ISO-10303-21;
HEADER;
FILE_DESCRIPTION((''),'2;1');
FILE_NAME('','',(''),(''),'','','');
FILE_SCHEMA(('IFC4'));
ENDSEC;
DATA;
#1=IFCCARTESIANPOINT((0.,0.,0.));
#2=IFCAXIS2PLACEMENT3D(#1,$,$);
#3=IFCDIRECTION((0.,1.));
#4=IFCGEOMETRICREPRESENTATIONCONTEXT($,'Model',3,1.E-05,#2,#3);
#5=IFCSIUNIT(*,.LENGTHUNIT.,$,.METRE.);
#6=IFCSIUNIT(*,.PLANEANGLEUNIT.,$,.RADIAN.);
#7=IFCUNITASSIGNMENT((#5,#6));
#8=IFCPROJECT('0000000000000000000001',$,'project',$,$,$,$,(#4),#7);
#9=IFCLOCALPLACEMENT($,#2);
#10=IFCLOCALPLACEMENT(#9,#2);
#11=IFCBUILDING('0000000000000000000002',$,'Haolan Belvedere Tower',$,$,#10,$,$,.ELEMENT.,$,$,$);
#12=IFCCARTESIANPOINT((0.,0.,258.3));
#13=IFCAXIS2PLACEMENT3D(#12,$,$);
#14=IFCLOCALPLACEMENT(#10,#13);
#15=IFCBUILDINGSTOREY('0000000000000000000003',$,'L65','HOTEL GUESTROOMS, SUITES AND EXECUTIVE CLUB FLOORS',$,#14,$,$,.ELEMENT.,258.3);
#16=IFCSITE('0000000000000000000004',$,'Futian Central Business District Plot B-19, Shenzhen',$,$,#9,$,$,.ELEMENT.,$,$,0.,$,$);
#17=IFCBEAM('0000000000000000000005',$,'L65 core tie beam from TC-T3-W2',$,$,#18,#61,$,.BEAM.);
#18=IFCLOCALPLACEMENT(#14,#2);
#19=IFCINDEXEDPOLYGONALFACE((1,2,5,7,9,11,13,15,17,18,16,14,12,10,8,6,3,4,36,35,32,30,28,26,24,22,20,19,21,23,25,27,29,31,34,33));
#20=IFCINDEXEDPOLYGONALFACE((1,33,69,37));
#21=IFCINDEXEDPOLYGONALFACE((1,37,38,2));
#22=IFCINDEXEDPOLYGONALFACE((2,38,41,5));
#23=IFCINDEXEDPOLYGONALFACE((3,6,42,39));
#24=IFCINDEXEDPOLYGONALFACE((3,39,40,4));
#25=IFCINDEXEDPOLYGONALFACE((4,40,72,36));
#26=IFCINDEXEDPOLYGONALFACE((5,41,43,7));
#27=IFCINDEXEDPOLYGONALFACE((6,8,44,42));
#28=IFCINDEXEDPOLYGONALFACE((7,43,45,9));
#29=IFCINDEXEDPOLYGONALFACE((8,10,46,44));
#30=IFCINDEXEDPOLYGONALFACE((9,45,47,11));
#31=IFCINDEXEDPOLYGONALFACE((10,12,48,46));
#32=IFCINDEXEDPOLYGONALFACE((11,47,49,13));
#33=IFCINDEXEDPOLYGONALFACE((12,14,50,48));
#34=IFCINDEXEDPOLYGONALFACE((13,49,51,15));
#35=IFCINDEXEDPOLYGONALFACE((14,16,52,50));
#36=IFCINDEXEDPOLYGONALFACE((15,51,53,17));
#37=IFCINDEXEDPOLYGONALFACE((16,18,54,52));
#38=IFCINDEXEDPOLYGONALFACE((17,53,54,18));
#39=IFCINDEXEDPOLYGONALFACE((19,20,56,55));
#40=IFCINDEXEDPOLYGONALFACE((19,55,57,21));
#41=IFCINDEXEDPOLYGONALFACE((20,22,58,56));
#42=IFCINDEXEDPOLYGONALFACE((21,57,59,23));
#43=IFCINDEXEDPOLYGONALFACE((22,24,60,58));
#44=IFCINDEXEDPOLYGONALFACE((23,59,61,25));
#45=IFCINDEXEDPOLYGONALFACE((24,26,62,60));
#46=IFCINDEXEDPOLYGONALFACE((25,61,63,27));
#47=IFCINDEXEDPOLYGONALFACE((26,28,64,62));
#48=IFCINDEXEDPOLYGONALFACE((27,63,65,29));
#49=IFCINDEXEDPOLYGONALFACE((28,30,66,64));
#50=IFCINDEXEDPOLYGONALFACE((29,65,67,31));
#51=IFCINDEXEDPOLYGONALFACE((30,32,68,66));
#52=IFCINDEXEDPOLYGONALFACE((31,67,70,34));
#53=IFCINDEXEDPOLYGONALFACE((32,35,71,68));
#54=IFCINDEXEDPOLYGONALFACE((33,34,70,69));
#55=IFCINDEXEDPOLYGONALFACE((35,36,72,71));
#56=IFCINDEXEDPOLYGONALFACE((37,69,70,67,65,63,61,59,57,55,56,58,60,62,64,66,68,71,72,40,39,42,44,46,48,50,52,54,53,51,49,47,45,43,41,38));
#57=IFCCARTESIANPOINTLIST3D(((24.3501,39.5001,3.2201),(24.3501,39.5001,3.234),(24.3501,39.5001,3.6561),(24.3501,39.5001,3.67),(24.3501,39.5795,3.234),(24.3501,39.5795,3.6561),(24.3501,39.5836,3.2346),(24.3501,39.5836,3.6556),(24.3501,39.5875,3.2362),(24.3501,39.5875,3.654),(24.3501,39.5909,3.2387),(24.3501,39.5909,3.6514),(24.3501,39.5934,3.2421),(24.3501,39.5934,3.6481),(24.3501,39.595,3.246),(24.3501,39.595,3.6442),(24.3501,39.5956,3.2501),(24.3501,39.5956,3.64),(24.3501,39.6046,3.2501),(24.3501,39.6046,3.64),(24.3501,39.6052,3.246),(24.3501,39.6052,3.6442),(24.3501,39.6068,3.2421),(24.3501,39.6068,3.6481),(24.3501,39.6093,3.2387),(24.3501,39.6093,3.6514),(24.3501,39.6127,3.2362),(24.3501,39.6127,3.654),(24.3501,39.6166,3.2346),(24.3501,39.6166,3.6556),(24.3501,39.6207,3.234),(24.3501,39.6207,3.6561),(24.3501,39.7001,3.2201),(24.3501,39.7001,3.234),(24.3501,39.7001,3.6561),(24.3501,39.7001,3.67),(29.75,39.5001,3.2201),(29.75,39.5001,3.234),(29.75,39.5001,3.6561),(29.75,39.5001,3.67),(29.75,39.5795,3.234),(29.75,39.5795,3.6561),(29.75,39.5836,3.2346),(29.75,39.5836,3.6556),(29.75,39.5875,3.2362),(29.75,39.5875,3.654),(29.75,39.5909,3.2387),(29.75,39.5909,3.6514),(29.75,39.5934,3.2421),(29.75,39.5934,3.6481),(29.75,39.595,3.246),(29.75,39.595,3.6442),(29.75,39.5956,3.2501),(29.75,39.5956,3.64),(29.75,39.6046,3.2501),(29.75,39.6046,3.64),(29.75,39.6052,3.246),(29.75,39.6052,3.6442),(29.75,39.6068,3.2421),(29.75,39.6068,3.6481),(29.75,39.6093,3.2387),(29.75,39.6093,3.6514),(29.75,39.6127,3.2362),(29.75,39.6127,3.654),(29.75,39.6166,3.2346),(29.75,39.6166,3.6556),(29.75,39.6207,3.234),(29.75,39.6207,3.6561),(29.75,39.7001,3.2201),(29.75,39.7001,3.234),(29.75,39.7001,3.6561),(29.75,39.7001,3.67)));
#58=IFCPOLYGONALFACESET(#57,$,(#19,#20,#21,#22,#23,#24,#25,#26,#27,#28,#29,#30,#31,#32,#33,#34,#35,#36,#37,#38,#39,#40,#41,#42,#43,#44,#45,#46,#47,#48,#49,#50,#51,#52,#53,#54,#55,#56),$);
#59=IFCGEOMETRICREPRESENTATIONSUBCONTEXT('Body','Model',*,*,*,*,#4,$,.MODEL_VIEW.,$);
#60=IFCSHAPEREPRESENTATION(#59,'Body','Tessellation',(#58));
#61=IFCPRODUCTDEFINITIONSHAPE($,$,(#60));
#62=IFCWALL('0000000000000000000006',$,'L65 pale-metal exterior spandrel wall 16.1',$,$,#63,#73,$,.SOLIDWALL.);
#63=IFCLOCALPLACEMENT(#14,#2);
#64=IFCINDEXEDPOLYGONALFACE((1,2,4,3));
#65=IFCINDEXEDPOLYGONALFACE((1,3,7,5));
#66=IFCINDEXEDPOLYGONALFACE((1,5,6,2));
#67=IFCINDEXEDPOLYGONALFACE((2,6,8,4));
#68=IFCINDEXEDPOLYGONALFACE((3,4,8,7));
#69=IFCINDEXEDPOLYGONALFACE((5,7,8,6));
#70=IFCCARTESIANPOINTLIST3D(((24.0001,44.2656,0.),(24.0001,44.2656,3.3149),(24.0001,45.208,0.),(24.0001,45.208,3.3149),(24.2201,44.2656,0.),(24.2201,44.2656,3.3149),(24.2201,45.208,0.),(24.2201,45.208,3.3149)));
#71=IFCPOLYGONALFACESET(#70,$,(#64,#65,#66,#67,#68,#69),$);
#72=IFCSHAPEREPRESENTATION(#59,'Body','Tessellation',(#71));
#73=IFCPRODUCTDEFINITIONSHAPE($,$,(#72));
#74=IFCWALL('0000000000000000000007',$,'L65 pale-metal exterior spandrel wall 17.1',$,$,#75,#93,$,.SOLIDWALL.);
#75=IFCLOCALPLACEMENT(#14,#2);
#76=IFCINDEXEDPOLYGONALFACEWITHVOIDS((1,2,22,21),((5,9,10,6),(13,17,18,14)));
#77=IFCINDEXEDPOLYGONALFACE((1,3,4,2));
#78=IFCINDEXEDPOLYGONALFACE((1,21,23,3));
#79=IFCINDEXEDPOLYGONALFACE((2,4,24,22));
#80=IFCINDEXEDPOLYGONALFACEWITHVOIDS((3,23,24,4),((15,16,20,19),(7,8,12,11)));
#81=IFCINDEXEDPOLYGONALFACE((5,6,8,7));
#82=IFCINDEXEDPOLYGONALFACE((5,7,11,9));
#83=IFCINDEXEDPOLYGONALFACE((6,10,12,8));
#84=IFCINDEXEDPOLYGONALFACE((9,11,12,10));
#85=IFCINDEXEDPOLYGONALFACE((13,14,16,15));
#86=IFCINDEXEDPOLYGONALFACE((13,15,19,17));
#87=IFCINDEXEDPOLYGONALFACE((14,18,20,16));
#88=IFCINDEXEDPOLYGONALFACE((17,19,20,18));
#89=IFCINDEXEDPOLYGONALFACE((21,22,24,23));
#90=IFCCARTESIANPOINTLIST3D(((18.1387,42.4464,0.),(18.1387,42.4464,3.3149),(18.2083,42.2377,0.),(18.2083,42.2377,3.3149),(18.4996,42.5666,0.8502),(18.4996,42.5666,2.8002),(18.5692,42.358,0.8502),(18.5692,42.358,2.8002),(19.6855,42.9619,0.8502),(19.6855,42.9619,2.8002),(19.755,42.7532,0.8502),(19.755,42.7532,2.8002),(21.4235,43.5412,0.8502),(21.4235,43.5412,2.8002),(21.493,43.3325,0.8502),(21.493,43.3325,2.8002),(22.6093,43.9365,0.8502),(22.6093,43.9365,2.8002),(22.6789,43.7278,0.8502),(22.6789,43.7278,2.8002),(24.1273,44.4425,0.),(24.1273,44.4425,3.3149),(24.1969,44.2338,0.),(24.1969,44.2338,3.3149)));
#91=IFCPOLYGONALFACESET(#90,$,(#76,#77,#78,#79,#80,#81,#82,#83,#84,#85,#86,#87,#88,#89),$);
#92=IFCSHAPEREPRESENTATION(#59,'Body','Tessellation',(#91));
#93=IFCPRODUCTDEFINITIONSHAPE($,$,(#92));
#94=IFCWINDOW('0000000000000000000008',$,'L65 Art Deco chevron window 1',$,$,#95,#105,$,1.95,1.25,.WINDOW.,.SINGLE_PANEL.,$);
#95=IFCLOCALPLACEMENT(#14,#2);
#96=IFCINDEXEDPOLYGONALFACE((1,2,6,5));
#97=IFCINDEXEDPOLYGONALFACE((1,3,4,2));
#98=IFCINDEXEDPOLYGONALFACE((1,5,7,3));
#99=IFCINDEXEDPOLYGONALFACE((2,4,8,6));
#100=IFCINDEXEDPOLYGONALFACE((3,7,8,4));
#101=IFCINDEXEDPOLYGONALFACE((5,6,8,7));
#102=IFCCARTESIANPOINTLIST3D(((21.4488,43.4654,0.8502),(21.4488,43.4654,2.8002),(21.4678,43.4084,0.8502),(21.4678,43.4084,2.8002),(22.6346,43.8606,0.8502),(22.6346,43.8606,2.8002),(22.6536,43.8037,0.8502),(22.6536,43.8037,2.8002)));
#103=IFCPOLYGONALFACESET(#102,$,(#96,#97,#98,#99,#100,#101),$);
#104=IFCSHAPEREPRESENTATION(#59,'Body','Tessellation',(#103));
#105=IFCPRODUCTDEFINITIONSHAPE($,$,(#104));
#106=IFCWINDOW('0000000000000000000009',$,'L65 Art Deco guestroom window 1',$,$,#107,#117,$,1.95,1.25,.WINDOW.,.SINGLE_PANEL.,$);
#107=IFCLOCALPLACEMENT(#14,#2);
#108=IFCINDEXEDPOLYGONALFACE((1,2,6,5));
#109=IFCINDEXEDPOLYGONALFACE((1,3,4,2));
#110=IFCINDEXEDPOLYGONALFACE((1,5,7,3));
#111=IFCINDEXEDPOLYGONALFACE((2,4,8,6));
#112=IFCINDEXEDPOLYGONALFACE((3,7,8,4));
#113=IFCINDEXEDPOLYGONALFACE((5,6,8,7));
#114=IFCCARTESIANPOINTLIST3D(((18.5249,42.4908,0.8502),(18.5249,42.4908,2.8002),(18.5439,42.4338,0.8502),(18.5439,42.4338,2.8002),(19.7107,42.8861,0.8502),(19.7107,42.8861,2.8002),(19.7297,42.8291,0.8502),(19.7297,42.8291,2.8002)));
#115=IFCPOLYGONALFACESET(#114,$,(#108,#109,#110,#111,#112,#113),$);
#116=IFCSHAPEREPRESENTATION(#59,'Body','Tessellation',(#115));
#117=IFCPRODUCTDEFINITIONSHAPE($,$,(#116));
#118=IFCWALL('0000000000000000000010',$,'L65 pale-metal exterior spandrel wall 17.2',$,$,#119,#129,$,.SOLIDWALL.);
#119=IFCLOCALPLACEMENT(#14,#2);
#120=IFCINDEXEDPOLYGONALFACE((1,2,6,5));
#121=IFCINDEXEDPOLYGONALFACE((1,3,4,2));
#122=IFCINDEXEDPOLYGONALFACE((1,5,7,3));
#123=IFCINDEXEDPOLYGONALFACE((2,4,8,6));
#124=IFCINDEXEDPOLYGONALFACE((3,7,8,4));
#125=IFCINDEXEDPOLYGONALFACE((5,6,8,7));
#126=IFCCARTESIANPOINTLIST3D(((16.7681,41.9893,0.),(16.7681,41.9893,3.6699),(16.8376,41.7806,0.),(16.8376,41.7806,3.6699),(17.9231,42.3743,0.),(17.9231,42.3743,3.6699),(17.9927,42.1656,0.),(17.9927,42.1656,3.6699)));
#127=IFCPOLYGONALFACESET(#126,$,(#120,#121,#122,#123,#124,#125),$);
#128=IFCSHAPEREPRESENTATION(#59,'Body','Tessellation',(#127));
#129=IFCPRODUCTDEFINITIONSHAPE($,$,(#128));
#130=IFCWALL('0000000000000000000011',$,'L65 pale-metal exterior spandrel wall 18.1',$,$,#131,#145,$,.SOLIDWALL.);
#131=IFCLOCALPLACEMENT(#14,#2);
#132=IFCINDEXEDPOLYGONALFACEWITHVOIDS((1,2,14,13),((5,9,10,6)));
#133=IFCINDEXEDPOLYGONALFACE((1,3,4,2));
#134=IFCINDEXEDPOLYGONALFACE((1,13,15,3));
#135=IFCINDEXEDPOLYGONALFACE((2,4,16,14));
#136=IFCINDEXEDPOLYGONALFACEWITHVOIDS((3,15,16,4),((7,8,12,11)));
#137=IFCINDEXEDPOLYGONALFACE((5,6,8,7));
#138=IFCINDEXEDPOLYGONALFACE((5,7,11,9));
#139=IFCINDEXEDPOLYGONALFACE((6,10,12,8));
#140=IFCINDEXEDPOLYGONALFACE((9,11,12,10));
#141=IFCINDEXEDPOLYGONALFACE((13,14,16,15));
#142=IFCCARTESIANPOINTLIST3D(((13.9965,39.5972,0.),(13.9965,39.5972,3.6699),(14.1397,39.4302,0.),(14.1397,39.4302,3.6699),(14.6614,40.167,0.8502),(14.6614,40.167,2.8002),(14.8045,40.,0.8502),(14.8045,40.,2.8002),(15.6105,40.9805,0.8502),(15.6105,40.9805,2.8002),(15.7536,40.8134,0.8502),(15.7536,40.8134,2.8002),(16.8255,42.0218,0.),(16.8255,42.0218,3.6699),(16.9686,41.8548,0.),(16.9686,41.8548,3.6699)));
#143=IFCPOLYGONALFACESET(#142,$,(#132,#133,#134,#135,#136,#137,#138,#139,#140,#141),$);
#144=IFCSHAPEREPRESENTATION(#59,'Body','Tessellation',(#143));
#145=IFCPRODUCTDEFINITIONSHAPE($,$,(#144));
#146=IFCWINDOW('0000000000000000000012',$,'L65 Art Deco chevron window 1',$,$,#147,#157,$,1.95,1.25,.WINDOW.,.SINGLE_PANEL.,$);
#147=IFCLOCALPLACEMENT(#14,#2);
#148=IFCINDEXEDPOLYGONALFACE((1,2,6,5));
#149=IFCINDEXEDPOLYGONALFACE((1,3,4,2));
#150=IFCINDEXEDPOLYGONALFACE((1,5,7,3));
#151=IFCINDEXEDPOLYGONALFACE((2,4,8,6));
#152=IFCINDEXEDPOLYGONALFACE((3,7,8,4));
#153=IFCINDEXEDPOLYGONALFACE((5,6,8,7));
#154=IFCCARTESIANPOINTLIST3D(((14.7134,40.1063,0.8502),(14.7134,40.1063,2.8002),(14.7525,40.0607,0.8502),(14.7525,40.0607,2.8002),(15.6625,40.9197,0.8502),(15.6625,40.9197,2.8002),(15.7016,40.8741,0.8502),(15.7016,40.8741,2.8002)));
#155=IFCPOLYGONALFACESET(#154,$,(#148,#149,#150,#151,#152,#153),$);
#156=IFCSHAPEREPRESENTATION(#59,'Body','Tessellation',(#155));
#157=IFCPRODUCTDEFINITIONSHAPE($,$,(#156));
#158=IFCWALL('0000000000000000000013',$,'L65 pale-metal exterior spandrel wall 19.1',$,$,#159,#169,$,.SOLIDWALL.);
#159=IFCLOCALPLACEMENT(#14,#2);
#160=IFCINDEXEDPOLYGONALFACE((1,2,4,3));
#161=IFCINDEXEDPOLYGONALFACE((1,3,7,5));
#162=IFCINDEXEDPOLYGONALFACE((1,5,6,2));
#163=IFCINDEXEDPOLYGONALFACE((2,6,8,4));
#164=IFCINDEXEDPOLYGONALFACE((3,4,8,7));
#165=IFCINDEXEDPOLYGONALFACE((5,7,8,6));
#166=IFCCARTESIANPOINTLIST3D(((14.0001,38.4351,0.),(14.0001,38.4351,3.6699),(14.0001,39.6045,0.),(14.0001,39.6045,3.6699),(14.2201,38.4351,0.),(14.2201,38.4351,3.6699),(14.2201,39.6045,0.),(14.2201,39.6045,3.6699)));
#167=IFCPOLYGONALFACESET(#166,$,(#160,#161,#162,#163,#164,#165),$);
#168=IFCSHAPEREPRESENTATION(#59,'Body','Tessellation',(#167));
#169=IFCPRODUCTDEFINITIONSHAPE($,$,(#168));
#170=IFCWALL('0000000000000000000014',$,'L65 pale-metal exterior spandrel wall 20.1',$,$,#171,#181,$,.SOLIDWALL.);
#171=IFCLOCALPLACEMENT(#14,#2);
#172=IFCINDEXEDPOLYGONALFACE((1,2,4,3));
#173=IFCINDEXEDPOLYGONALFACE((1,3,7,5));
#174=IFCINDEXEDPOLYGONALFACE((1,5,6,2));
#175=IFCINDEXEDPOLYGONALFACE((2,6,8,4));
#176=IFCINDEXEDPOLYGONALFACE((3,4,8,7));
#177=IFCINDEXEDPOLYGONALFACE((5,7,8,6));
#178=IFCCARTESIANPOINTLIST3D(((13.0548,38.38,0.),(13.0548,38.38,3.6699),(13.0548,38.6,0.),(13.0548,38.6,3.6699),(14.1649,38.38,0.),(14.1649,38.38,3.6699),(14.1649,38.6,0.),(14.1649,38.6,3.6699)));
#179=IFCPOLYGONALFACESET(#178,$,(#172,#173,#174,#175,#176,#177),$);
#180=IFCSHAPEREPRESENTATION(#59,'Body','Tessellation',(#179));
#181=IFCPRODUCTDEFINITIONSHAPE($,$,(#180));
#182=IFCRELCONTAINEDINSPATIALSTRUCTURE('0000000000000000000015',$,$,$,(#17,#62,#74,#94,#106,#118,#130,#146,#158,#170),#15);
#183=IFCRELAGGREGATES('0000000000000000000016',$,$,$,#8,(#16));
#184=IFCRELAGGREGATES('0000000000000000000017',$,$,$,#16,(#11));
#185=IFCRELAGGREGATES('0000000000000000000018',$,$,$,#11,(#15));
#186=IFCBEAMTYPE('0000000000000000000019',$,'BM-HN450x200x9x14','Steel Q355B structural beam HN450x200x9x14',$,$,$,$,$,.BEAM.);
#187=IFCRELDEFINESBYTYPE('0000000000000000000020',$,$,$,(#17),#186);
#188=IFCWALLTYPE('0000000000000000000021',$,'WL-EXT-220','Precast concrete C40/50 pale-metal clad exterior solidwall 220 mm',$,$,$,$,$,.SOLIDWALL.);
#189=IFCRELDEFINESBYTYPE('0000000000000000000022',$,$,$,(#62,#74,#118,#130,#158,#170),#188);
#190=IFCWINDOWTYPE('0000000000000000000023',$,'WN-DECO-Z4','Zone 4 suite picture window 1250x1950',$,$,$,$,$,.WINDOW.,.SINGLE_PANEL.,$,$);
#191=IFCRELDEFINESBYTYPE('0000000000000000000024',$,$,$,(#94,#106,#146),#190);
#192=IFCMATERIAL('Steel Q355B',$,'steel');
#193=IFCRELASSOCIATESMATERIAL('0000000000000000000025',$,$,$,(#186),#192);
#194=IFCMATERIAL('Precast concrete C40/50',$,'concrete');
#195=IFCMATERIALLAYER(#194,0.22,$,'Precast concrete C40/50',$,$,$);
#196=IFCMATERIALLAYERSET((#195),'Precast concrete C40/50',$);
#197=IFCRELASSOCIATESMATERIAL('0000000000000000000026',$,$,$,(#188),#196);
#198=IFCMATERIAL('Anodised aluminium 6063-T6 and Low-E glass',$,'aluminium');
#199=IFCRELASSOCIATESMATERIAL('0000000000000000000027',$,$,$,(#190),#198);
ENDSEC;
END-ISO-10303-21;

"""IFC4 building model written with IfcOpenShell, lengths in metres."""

from ifc_helpers import new_model, si_unit, direction, frame, frame_2d, origin, origin_2d, place, context, subcontext, project, spatial, rectangle, i_section, extrude, material, layer, layer_set, material_profile, profile_set, type_object, element, fill, save


model = new_model("IFC4")

# Units and contexts
model_context = context("Model", 3, precision=1e-05, world=origin(), true_north=direction((0.0, 1.0)))
body_context = subcontext(model_context, "Body", "Model", "MODEL_VIEW")
ifc_project = project(units=[si_unit("LENGTHUNIT", "METRE"), si_unit("PLANEANGLEUNIT", "RADIAN")], contexts=[model_context])

# Site, building, storey
site_placement = place(None, origin())
site = spatial("IfcSite", under=ifc_project, at=site_placement, Name="Futian Central Business District Plot B-19, Shenzhen", CompositionType="ELEMENT", RefElevation=0.0)
building_placement = place(site_placement, origin())
building = spatial("IfcBuilding", under=site, at=building_placement, Name="Haolan Belvedere Tower", CompositionType="ELEMENT")
storey_placement = place(building_placement, frame((0.0, 0.0, 258.3)))
storey = spatial("IfcBuildingStorey", under=building, at=storey_placement, Name="L65", Description="HOTEL GUESTROOMS, SUITES AND EXECUTIVE CLUB FLOORS", CompositionType="ELEMENT", Elevation=258.3)

# Beam
ifc_material_1 = material(Name="Steel Q355B", Category="steel")
ifc_material_profile_1 = material_profile(ifc_material_1, i_section(OverallWidth=0.2, OverallDepth=0.45, WebThickness=0.009, FlangeThickness=0.0139, FilletRadius=0.0161, at=origin_2d()), Name="Steel Q355B")
ifc_profile_set_1 = profile_set([ifc_material_profile_1], Name="Steel Q355B")
beam_type_1 = type_object("IfcBeamType", Name="BM-HN450x200x9x14", Description="Steel Q355B structural beam HN450x200x9x14", PredefinedType="BEAM", material=ifc_profile_set_1)
beam_1_placement = place(storey_placement, frame((24.3501, 39.6001, 3.4451), z_axis=(1.0, 0.0, 0.0), x_axis=(0.0, 1.0, 0.0)))
element("IfcBeam", 1, at=beam_1_placement, inside=storey, type_object=beam_type_1, Name="L65 core tie beam from TC-T3-W2", PredefinedType="BEAM", context=body_context, shape_type="SweptSolid", body=[
    extrude(i_section(OverallWidth=0.2, OverallDepth=0.45, WebThickness=0.009, FlangeThickness=0.0139, FilletRadius=0.0161, at=origin_2d()), origin(), (0.0, 0.0, 1.0), 5.3999),
])

# Wall
ifc_material_2 = material(Name="Precast concrete C40/50", Category="concrete")
ifc_layer_1 = layer(ifc_material_2, 0.22, Name="Precast concrete C40/50")
ifc_layer_set_1 = layer_set([ifc_layer_1], Name="Precast concrete C40/50")
wall_type_1 = type_object("IfcWallType", Name="WL-EXT-220", Description="Precast concrete C40/50 pale-metal clad exterior solidwall 220 mm", PredefinedType="SOLIDWALL", material=ifc_layer_set_1)
wall_1_placement = place(storey_placement, frame((24.1101, 45.208, 0.0), z_axis=(0.0, 0.0, 1.0), x_axis=(0.0, -1.0, 0.0)))
element("IfcWall", 2, at=wall_1_placement, inside=storey, type_object=wall_type_1, Name="L65 pale-metal exterior spandrel wall 16.1", PredefinedType="SOLIDWALL", context=body_context, shape_type="SweptSolid", body=[
    extrude(rectangle(XDim=0.9424, YDim=0.22, at=frame_2d((0.4712, 0.0))), origin(), (0.0, 0.0, 1.0), 3.3149),
])

# Wall, openings, windows
wall_2_placement = place(storey_placement, frame((24.1621, 44.3381, 0.0), z_axis=(0.0, 0.0, 1.0), x_axis=(-0.948687, -0.316216, 0.0)))
wall_2 = element("IfcWall", 3, at=wall_2_placement, inside=storey, type_object=wall_type_1, Name="L65 pale-metal exterior spandrel wall 17.1", PredefinedType="SOLIDWALL", context=body_context, shape_type="SweptSolid", body=[
    extrude(rectangle(XDim=6.3125, YDim=0.22, at=frame_2d((3.1562, 0.0))), origin(), (0.0, 0.0, 1.0), 3.3149),
])
opening_1_placement = place(wall_2_placement, frame((1.6001, 0.0, 0.8501)))
opening_1 = element("IfcOpeningElement", 4, at=opening_1_placement, cuts=wall_2, PredefinedType="OPENING", context=body_context, shape_type="SweptSolid", body=[
    extrude(rectangle(XDim=1.25, YDim=1.95, at=frame_2d((0.625, 0.9751))), frame((0.0, 0.1199, 0.0), z_axis=(0.0, -1.0, 0.0), x_axis=(1.0, 0.0, 0.0)), (0.0, 0.0, 1.0), 0.24),
])
opening_2_placement = place(wall_2_placement, frame((4.6821, 0.0, 0.8501)))
opening_2 = element("IfcOpeningElement", 5, at=opening_2_placement, cuts=wall_2, PredefinedType="OPENING", context=body_context, shape_type="SweptSolid", body=[
    extrude(rectangle(XDim=1.25, YDim=1.95, at=frame_2d((0.625, 0.9751))), frame((0.0, 0.1199, 0.0), z_axis=(0.0, -1.0, 0.0), x_axis=(1.0, 0.0, 0.0)), (0.0, 0.0, 1.0), 0.24),
])
ifc_material_3 = material(Name="Anodised aluminium 6063-T6 and Low-E glass", Category="aluminium")
window_type = type_object("IfcWindowType", Name="WN-DECO-Z4", Description="Zone 4 suite picture window 1250x1950", PartitioningType="SINGLE_PANEL", PredefinedType="WINDOW", material=ifc_material_3)
window_1_placement = place(opening_1_placement, origin())
window_1 = element("IfcWindow", 6, at=window_1_placement, inside=storey, type_object=window_type, Name="L65 Art Deco chevron window 1", OverallHeight=1.95, OverallWidth=1.25, PartitioningType="SINGLE_PANEL", PredefinedType="WINDOW", context=body_context, shape_type="SweptSolid", body=[
    extrude(rectangle(XDim=1.25, YDim=1.95, at=frame_2d((0.625, 0.9751))), frame((0.0, 0.03, 0.0), z_axis=(0.0, -1.0, 0.0), x_axis=(1.0, 0.0, 0.0)), (0.0, 0.0, 1.0), 0.0601),
])
fill(opening_1, window_1)
window_2_placement = place(opening_2_placement, origin())
window_2 = element("IfcWindow", 7, at=window_2_placement, inside=storey, type_object=window_type, Name="L65 Art Deco guestroom window 1", OverallHeight=1.95, OverallWidth=1.25, PartitioningType="SINGLE_PANEL", PredefinedType="WINDOW", context=body_context, shape_type="SweptSolid", body=[
    extrude(rectangle(XDim=1.25, YDim=1.95, at=frame_2d((0.625, 0.9751))), frame((0.0, 0.03, 0.0), z_axis=(0.0, -1.0, 0.0), x_axis=(1.0, 0.0, 0.0)), (0.0, 0.0, 1.0), 0.0601),
])
fill(opening_2, window_2)

# Wall
wall_3_placement = place(storey_placement, frame((17.958, 42.27, 0.0), z_axis=(0.0, 0.0, 1.0), x_axis=(-0.948683, -0.316228, 0.0)))
element("IfcWall", 8, at=wall_3_placement, inside=storey, type_object=wall_type_1, Name="L65 pale-metal exterior spandrel wall 17.2", PredefinedType="SOLIDWALL", context=body_context, shape_type="SweptSolid", body=[
    extrude(rectangle(XDim=1.2175, YDim=0.22, at=frame_2d((0.6089, 0.0))), origin(), (0.0, 0.0, 1.0), 3.6699),
])

# Wall, opening, window
wall_4_placement = place(storey_placement, frame((16.897, 41.9382, 0.0), z_axis=(0.0, 0.0, 1.0), x_axis=(-0.75928, -0.650764, 0.0)))
wall_4 = element("IfcWall", 9, at=wall_4_placement, inside=storey, type_object=wall_type_1, Name="L65 pale-metal exterior spandrel wall 18.1", PredefinedType="SOLIDWALL", context=body_context, shape_type="SweptSolid", body=[
    extrude(rectangle(XDim=3.7258, YDim=0.22, at=frame_2d((1.8628, 0.0))), origin(), (0.0, 0.0, 1.0), 3.6699),
])
opening_3_placement = place(wall_4_placement, frame((1.6001, 0.0, 0.8501)))
opening_3 = element("IfcOpeningElement", 10, at=opening_3_placement, cuts=wall_4, PredefinedType="OPENING", context=body_context, shape_type="SweptSolid", body=[
    extrude(rectangle(XDim=1.25, YDim=1.95, at=frame_2d((0.625, 0.9751))), frame((0.0, 0.1199, 0.0), z_axis=(0.0, -1.0, 0.0), x_axis=(1.0, 0.0, 0.0)), (0.0, 0.0, 1.0), 0.24),
])
window_3_placement = place(opening_3_placement, origin())
window_3 = element("IfcWindow", 11, at=window_3_placement, inside=storey, type_object=window_type, Name="L65 Art Deco chevron window 1", OverallHeight=1.95, OverallWidth=1.25, PartitioningType="SINGLE_PANEL", PredefinedType="WINDOW", context=body_context, shape_type="SweptSolid", body=[
    extrude(rectangle(XDim=1.25, YDim=1.95, at=frame_2d((0.625, 0.9751))), frame((0.0, 0.03, 0.0), z_axis=(0.0, -1.0, 0.0), x_axis=(1.0, 0.0, 0.0)), (0.0, 0.0, 1.0), 0.0601),
])
fill(opening_3, window_3)

# Walls
wall_5_placement = place(storey_placement, frame((14.1101, 39.6045, 0.0), z_axis=(0.0, 0.0, 1.0), x_axis=(0.0, -1.0, 0.0)))
element("IfcWall", 12, at=wall_5_placement, inside=storey, type_object=wall_type_1, Name="L65 pale-metal exterior spandrel wall 19.1", PredefinedType="SOLIDWALL", context=body_context, shape_type="SweptSolid", body=[
    extrude(rectangle(XDim=1.1694, YDim=0.22, at=frame_2d((0.5847, 0.0))), origin(), (0.0, 0.0, 1.0), 3.6699),
])
wall_6_placement = place(storey_placement, frame((14.165, 38.49, 0.0), z_axis=(0.0, 0.0, 1.0), x_axis=(-1.0, 0.0, 0.0)))
element("IfcWall", 13, at=wall_6_placement, inside=storey, type_object=wall_type_1, Name="L65 pale-metal exterior spandrel wall 20.1", PredefinedType="SOLIDWALL", context=body_context, shape_type="SweptSolid", body=[
    extrude(rectangle(XDim=1.1101, YDim=0.22, at=frame_2d((0.5552, 0.0))), origin(), (0.0, 0.0, 1.0), 3.6699),
])

save(model, "model.ifc")
